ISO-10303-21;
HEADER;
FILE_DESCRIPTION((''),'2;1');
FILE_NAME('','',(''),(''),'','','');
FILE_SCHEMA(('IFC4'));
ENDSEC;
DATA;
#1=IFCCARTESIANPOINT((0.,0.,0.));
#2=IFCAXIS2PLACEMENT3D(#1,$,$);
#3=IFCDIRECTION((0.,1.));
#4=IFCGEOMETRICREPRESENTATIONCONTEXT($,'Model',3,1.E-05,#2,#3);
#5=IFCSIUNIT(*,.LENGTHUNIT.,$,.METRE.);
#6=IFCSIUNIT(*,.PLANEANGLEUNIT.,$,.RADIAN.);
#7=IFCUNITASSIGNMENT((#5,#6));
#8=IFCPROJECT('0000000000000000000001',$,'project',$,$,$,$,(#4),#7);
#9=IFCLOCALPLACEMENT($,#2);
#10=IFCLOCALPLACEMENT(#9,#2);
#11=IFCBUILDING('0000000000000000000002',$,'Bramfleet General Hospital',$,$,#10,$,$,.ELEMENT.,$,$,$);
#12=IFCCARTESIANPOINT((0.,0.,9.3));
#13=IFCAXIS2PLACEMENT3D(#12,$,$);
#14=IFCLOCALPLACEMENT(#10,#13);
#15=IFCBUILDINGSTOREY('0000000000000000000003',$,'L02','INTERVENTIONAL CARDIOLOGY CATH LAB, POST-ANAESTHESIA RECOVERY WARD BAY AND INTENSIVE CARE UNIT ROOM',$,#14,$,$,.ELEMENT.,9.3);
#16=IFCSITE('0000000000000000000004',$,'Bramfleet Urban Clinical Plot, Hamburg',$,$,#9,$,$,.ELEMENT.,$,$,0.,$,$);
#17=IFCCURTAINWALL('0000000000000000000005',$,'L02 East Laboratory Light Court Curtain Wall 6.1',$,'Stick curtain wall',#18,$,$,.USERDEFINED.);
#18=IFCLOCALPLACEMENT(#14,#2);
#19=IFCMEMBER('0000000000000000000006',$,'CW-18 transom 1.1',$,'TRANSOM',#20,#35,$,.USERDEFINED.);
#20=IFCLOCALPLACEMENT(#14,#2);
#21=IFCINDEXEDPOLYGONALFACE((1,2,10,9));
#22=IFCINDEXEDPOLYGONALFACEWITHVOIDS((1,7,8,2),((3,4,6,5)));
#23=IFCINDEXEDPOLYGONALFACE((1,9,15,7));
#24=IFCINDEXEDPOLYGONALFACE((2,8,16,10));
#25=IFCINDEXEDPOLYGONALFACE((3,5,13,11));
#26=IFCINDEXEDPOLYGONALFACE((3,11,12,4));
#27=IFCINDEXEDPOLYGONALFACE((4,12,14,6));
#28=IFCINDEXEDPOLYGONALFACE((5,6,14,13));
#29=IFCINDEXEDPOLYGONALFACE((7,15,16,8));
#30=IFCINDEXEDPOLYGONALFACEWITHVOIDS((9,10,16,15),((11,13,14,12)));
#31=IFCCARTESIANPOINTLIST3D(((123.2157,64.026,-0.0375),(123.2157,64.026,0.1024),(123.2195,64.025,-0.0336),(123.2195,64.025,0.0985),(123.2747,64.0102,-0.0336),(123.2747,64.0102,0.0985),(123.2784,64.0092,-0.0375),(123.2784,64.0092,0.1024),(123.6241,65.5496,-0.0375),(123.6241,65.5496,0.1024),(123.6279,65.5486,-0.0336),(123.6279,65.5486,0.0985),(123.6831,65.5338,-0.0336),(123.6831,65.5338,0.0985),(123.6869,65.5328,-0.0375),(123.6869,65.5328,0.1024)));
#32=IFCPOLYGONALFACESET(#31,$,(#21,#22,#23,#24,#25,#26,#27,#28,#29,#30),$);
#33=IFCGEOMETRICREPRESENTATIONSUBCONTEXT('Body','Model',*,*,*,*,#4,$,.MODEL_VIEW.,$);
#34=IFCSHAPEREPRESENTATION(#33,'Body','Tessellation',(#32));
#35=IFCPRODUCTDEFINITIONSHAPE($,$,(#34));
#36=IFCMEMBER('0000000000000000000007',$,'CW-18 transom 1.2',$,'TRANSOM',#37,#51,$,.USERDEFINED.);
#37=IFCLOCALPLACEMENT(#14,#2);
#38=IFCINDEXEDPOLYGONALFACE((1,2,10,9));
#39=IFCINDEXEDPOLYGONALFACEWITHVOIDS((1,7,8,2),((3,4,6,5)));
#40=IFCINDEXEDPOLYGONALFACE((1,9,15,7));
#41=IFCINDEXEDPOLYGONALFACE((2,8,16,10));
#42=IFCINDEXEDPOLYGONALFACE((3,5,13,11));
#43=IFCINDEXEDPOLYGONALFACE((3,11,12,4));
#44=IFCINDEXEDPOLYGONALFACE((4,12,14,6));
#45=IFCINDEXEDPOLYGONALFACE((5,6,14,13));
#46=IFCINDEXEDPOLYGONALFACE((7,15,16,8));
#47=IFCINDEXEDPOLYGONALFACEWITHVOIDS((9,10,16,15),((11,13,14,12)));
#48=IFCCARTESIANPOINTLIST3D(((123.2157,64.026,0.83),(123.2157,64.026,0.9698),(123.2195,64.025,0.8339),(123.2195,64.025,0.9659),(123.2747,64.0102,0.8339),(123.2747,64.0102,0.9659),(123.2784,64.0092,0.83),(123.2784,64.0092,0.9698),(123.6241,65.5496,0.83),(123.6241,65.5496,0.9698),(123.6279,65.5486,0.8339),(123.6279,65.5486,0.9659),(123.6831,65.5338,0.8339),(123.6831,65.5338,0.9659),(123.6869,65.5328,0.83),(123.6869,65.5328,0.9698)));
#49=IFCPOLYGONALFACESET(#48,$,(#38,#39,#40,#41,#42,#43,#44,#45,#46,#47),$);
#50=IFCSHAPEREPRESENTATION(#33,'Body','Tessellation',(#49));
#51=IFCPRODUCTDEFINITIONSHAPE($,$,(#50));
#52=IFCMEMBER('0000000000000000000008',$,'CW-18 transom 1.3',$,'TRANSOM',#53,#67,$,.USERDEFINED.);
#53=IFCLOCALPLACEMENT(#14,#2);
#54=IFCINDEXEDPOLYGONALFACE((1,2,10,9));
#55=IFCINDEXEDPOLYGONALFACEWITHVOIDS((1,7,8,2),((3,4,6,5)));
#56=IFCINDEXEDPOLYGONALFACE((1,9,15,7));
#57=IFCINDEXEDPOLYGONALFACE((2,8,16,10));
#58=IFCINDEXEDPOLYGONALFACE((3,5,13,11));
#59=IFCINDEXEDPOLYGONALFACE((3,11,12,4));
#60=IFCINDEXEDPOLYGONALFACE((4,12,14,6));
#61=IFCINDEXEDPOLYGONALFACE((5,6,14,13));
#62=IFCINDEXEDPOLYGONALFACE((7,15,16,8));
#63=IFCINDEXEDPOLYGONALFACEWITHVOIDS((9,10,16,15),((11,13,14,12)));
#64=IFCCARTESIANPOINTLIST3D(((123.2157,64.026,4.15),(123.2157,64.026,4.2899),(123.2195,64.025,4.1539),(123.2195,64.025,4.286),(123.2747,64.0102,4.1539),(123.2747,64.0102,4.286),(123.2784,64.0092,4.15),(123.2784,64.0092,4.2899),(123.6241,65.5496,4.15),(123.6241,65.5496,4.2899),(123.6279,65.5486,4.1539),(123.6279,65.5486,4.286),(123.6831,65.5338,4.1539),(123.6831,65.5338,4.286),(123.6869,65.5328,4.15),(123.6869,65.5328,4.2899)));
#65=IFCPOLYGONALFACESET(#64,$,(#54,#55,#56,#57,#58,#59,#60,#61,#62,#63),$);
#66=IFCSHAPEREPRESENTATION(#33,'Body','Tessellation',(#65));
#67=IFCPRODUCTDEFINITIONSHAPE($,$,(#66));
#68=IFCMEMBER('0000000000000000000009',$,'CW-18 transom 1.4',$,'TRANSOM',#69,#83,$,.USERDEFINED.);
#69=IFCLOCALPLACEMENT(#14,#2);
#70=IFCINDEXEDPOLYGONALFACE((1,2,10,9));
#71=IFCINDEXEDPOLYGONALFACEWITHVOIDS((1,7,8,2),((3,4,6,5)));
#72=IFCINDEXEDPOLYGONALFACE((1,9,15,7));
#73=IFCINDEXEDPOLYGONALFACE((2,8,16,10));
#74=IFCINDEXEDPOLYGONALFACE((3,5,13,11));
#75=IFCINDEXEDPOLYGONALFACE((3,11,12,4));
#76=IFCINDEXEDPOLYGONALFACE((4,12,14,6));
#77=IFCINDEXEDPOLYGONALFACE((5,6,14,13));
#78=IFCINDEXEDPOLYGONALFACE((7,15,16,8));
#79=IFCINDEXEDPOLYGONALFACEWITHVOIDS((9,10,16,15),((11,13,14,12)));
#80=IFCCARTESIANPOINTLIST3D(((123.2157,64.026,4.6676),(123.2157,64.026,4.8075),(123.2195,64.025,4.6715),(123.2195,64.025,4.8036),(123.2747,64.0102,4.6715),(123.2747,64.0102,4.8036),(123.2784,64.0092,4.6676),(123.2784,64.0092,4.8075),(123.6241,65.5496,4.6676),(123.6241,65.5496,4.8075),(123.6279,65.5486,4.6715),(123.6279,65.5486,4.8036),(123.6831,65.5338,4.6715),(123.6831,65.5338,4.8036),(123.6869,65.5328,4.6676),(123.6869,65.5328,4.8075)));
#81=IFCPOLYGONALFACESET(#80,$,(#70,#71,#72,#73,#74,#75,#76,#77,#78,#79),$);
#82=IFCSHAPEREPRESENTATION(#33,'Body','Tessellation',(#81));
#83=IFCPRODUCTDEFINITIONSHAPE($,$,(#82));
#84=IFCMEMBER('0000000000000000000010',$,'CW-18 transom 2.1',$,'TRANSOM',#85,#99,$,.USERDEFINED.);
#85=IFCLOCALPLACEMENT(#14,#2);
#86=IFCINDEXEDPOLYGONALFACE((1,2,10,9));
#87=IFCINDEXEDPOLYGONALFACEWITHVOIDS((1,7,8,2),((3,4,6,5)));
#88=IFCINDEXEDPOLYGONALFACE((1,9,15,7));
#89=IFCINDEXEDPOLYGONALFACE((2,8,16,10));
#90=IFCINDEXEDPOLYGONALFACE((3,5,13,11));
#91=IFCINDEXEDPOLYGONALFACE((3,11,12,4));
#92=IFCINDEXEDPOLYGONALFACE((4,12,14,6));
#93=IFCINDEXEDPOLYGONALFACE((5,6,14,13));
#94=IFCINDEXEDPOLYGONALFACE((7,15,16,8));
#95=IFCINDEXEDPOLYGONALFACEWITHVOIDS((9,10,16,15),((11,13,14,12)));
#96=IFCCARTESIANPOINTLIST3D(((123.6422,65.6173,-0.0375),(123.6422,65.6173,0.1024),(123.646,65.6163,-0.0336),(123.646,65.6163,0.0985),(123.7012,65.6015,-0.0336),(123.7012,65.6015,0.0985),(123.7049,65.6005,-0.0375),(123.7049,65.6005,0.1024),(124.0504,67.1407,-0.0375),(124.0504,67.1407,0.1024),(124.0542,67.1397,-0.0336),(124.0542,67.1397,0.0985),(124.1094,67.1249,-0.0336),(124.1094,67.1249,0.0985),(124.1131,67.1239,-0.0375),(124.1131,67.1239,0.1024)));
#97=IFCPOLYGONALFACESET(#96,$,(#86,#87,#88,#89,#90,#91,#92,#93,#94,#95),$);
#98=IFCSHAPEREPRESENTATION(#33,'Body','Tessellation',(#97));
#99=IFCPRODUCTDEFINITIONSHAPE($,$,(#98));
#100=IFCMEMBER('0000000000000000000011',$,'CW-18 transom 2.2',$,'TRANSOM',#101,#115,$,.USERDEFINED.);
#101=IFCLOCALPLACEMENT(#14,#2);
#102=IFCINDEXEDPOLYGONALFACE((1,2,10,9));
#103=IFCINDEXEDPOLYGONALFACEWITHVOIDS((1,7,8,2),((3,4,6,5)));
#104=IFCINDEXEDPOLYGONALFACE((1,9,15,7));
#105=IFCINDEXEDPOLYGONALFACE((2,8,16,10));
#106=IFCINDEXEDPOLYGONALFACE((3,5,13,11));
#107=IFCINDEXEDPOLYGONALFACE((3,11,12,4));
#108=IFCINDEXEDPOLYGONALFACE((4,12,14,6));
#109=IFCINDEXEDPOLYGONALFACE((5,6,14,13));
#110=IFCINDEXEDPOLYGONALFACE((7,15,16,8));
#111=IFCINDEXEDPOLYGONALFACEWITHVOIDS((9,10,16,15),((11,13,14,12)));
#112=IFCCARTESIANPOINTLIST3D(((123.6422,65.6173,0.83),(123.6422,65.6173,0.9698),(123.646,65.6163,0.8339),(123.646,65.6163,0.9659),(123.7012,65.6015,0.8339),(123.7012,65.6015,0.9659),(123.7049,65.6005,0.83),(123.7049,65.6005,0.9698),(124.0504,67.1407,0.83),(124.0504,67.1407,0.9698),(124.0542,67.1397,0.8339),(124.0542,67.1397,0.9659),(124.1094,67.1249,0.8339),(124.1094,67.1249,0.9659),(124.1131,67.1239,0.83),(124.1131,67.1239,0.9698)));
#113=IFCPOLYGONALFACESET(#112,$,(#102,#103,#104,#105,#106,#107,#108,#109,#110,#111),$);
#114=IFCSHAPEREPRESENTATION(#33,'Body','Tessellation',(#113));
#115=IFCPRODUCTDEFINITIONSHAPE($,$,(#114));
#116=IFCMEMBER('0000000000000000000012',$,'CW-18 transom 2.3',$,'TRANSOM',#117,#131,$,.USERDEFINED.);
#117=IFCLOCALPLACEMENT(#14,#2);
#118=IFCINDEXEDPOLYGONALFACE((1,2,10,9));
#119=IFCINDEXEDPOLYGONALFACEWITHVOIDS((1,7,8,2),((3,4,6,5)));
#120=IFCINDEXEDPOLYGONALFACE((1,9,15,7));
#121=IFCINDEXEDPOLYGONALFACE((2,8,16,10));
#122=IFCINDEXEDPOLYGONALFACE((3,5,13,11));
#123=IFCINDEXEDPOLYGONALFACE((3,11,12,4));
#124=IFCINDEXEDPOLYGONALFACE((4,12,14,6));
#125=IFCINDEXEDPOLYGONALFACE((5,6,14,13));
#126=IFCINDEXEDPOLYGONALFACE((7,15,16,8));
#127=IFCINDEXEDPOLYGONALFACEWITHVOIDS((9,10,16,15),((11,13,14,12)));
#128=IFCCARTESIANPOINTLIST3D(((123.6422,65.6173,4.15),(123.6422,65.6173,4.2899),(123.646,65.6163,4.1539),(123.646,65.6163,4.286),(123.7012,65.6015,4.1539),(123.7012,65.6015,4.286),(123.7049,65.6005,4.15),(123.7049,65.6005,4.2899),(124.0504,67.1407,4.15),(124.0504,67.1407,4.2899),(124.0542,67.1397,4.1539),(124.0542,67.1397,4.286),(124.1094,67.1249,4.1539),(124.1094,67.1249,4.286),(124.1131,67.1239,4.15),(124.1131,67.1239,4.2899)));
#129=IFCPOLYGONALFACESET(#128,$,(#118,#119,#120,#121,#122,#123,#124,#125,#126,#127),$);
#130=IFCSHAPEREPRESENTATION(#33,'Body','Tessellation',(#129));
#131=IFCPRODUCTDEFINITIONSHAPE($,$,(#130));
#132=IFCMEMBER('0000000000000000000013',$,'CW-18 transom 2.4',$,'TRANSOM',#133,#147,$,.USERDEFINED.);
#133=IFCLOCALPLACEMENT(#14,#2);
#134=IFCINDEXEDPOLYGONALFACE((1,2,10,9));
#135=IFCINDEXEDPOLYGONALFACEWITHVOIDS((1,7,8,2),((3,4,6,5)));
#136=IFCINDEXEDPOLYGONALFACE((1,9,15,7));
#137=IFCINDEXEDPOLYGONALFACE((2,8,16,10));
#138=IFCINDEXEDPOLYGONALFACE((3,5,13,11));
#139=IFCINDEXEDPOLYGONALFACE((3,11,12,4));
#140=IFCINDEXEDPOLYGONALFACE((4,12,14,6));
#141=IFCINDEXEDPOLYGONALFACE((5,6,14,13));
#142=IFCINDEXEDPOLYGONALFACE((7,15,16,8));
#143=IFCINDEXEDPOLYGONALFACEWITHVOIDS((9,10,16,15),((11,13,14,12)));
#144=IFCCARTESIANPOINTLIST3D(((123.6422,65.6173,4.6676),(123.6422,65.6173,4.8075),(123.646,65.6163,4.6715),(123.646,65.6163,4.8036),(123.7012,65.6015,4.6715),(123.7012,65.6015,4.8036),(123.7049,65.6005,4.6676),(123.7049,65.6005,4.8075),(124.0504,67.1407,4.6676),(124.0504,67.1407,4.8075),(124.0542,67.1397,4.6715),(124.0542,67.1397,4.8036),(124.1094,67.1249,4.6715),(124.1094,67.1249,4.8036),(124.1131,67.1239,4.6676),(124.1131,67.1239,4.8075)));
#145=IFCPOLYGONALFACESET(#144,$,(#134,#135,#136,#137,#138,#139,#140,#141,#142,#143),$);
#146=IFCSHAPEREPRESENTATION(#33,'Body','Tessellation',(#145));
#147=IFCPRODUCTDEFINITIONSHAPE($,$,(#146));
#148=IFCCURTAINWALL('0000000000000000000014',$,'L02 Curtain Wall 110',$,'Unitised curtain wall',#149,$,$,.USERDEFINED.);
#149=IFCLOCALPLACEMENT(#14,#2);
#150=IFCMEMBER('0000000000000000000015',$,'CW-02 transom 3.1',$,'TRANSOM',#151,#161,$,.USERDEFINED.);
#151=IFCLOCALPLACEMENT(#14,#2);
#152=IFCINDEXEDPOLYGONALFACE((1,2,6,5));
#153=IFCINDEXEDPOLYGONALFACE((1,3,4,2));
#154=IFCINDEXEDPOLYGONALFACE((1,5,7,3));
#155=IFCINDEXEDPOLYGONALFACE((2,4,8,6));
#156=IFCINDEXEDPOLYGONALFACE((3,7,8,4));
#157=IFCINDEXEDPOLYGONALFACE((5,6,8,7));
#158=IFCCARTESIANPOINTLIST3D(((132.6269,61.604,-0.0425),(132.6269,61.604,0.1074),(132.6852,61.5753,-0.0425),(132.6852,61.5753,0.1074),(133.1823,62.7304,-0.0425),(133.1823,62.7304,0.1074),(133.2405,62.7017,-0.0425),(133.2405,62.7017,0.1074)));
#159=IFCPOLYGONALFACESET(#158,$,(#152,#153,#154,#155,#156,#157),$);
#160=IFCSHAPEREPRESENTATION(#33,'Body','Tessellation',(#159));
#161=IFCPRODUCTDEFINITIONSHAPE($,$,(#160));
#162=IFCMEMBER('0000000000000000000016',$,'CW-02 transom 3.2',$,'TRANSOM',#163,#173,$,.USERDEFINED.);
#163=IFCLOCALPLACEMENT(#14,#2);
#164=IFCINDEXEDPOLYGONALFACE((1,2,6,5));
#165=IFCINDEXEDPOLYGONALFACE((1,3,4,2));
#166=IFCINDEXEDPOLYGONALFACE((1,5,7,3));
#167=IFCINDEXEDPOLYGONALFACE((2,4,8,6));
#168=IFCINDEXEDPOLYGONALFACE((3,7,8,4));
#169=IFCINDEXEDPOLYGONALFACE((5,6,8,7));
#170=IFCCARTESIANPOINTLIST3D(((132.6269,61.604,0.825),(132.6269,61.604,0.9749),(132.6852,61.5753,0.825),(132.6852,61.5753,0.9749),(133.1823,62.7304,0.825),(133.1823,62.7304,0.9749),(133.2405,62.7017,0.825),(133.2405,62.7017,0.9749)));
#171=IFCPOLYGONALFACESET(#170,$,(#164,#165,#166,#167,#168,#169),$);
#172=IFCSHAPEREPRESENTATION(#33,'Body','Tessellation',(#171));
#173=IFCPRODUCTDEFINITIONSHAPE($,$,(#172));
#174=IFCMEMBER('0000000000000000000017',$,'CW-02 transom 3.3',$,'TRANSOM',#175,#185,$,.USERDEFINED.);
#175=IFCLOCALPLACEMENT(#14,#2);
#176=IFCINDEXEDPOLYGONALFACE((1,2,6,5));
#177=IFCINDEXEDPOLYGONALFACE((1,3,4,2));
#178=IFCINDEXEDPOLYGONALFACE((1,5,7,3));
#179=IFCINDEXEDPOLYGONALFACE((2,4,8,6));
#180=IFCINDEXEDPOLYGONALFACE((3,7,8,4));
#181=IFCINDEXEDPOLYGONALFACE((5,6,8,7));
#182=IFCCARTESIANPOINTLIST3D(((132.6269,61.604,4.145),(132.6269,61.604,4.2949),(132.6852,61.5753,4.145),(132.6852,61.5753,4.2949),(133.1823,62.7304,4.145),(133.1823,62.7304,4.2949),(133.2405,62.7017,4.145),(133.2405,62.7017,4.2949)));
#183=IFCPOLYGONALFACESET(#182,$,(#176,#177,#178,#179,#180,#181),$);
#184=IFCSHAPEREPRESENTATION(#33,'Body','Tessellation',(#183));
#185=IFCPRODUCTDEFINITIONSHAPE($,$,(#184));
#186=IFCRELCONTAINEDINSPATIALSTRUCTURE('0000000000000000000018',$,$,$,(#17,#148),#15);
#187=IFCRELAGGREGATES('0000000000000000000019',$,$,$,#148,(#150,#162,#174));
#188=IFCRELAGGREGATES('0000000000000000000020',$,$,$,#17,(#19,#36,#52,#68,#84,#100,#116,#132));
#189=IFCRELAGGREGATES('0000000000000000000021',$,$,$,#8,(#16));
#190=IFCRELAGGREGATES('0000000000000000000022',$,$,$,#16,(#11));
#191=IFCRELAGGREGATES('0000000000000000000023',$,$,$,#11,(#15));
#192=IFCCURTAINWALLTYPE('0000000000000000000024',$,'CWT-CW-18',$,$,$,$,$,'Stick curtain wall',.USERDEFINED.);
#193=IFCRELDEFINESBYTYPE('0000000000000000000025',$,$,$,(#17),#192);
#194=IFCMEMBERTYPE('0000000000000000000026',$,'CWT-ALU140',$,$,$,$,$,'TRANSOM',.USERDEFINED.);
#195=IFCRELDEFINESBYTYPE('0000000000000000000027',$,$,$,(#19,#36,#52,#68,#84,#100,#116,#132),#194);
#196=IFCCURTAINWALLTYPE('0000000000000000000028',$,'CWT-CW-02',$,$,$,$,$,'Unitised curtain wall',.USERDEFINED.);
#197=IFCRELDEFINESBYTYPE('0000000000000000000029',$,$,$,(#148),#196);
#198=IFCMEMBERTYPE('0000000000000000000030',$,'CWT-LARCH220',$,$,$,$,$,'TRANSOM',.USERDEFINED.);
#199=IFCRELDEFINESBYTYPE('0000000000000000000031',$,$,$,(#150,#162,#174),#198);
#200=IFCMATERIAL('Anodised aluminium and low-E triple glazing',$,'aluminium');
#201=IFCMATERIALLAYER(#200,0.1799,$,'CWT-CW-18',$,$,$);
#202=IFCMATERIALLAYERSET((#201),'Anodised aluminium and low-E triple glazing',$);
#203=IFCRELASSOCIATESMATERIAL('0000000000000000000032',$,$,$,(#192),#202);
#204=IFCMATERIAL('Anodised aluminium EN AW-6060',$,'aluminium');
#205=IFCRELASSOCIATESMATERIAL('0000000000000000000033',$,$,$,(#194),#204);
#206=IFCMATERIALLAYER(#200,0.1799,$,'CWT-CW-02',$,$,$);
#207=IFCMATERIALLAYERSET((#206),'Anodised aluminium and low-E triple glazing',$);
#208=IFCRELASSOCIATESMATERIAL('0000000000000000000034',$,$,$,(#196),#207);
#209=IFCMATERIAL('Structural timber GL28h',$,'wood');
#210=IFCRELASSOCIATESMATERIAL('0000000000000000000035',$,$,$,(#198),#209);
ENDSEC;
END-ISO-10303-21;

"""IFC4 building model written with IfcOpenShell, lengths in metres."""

from ifc_helpers import new_model, si_unit, direction, frame, origin, origin_2d, place, context, subcontext, project, spatial, rectangle, hollow_rectangle, extrude, material, layer, layer_set, material_profile, profile_set, type_object, element, aggregate, save


model = new_model("IFC4")

# Units and contexts
model_context = context("Model", 3, precision=1e-05, world=origin(), true_north=direction((0.0, 1.0)))
body_context = subcontext(model_context, "Body", "Model", "MODEL_VIEW")
ifc_project = project(units=[si_unit("LENGTHUNIT", "METRE"), si_unit("PLANEANGLEUNIT", "RADIAN")], contexts=[model_context])

# Site, building, storey
site_placement = place(None, origin())
site = spatial("IfcSite", under=ifc_project, at=site_placement, Name="Bramfleet Urban Clinical Plot, Hamburg", CompositionType="ELEMENT", RefElevation=0.0)
building_placement = place(site_placement, origin())
building = spatial("IfcBuilding", under=site, at=building_placement, Name="Bramfleet General Hospital", CompositionType="ELEMENT")
storey_placement = place(building_placement, frame((0.0, 0.0, 9.3)))
storey = spatial("IfcBuildingStorey", under=building, at=storey_placement, Name="L02", Description="INTERVENTIONAL CARDIOLOGY CATH LAB, POST-ANAESTHESIA RECOVERY WARD BAY AND INTENSIVE CARE UNIT ROOM", CompositionType="ELEMENT", Elevation=9.3)

# Shared definitions
ifc_material_1 = material(Name="Anodised aluminium and low-E triple glazing", Category="aluminium")
ifc_material_2 = material(Name="Anodised aluminium EN AW-6060", Category="aluminium")

# Curtain wall
ifc_layer_1 = layer(ifc_material_1, 0.1799, Name="CWT-CW-18")
ifc_layer_set_1 = layer_set([ifc_layer_1], Name="Anodised aluminium and low-E triple glazing")
curtain_wall_type_1 = type_object("IfcCurtainWallType", Name="CWT-CW-18", ElementType="Stick curtain wall", PredefinedType="USERDEFINED", material=ifc_layer_set_1)
curtain_wall_1_placement = place(storey_placement, origin())
curtain_wall_1 = element("IfcCurtainWall", 1, at=curtain_wall_1_placement, inside=storey, type_object=curtain_wall_type_1, Name="L02 East Laboratory Light Court Curtain Wall 6.1", ObjectType="Stick curtain wall", PredefinedType="USERDEFINED")

# Members
ifc_material_profile_1 = material_profile(ifc_material_2, hollow_rectangle(XDim=0.0649, YDim=0.1399, WallThickness=0.0039, at=origin_2d()), Name="ALU 140x65x4.0")
ifc_profile_set_1 = profile_set([ifc_material_profile_1], Name="Anodised aluminium EN AW-6060")
member_type_1 = type_object("IfcMemberType", Name="CWT-ALU140", ElementType="TRANSOM", PredefinedType="USERDEFINED", material=ifc_profile_set_1)
member_1_placement = place(storey_placement, frame((123.2471, 64.0176, 0.0325), z_axis=(0.258924, 0.965898, 0.0), x_axis=(-0.965898, 0.258924, 0.0)))
member_1 = element("IfcMember", 2, at=member_1_placement, type_object=member_type_1, Name="CW-18 transom 1.1", ObjectType="TRANSOM", PredefinedType="USERDEFINED", context=body_context, shape_type="SweptSolid", body=[
    extrude(hollow_rectangle(XDim=0.0649, YDim=0.1399, WallThickness=0.0039, at=origin_2d()), origin(), (0.0, 0.0, 1.0), 1.5774),
])
member_2_placement = place(storey_placement, frame((123.2471, 64.0176, 0.8999), z_axis=(0.258924, 0.965898, 0.0), x_axis=(-0.965898, 0.258924, 0.0)))
member_2 = element("IfcMember", 3, at=member_2_placement, type_object=member_type_1, Name="CW-18 transom 1.2", ObjectType="TRANSOM", PredefinedType="USERDEFINED", context=body_context, shape_type="SweptSolid", body=[
    extrude(hollow_rectangle(XDim=0.0649, YDim=0.1399, WallThickness=0.0039, at=origin_2d()), origin(), (0.0, 0.0, 1.0), 1.5774),
])
member_3_placement = place(storey_placement, frame((123.2471, 64.0176, 4.22), z_axis=(0.258924, 0.965898, 0.0), x_axis=(-0.965898, 0.258924, 0.0)))
member_3 = element("IfcMember", 4, at=member_3_placement, type_object=member_type_1, Name="CW-18 transom 1.3", ObjectType="TRANSOM", PredefinedType="USERDEFINED", context=body_context, shape_type="SweptSolid", body=[
    extrude(hollow_rectangle(XDim=0.0649, YDim=0.1399, WallThickness=0.0039, at=origin_2d()), origin(), (0.0, 0.0, 1.0), 1.5774),
])
member_4_placement = place(storey_placement, frame((123.2471, 64.0176, 4.7375), z_axis=(0.258924, 0.965898, 0.0), x_axis=(-0.965898, 0.258924, 0.0)))
member_4 = element("IfcMember", 5, at=member_4_placement, type_object=member_type_1, Name="CW-18 transom 1.4", ObjectType="TRANSOM", PredefinedType="USERDEFINED", context=body_context, shape_type="SweptSolid", body=[
    extrude(hollow_rectangle(XDim=0.0649, YDim=0.1399, WallThickness=0.0039, at=origin_2d()), origin(), (0.0, 0.0, 1.0), 1.5774),
])
member_5_placement = place(storey_placement, frame((123.6736, 65.6089, 0.0325), z_axis=(0.258819, 0.965926, 0.0), x_axis=(-0.965926, 0.258819, 0.0)))
member_5 = element("IfcMember", 6, at=member_5_placement, type_object=member_type_1, Name="CW-18 transom 2.1", ObjectType="TRANSOM", PredefinedType="USERDEFINED", context=body_context, shape_type="SweptSolid", body=[
    extrude(hollow_rectangle(XDim=0.0649, YDim=0.1399, WallThickness=0.0039, at=origin_2d()), origin(), (0.0, 0.0, 1.0), 1.5771),
])
member_6_placement = place(storey_placement, frame((123.6736, 65.6089, 0.8999), z_axis=(0.258819, 0.965926, 0.0), x_axis=(-0.965926, 0.258819, 0.0)))
member_6 = element("IfcMember", 7, at=member_6_placement, type_object=member_type_1, Name="CW-18 transom 2.2", ObjectType="TRANSOM", PredefinedType="USERDEFINED", context=body_context, shape_type="SweptSolid", body=[
    extrude(hollow_rectangle(XDim=0.0649, YDim=0.1399, WallThickness=0.0039, at=origin_2d()), origin(), (0.0, 0.0, 1.0), 1.5771),
])
member_7_placement = place(storey_placement, frame((123.6736, 65.6089, 4.22), z_axis=(0.258819, 0.965926, 0.0), x_axis=(-0.965926, 0.258819, 0.0)))
member_7 = element("IfcMember", 8, at=member_7_placement, type_object=member_type_1, Name="CW-18 transom 2.3", ObjectType="TRANSOM", PredefinedType="USERDEFINED", context=body_context, shape_type="SweptSolid", body=[
    extrude(hollow_rectangle(XDim=0.0649, YDim=0.1399, WallThickness=0.0039, at=origin_2d()), origin(), (0.0, 0.0, 1.0), 1.5771),
])
member_8_placement = place(storey_placement, frame((123.6736, 65.6089, 4.7375), z_axis=(0.258819, 0.965926, 0.0), x_axis=(-0.965926, 0.258819, 0.0)))
member_8 = element("IfcMember", 9, at=member_8_placement, type_object=member_type_1, Name="CW-18 transom 2.4", ObjectType="TRANSOM", PredefinedType="USERDEFINED", context=body_context, shape_type="SweptSolid", body=[
    extrude(hollow_rectangle(XDim=0.0649, YDim=0.1399, WallThickness=0.0039, at=origin_2d()), origin(), (0.0, 0.0, 1.0), 1.5771),
])

# Curtain wall, members
ifc_layer_2 = layer(ifc_material_1, 0.1799, Name="CWT-CW-02")
ifc_layer_set_2 = layer_set([ifc_layer_2], Name="Anodised aluminium and low-E triple glazing")
curtain_wall_type_2 = type_object("IfcCurtainWallType", Name="CWT-CW-02", ElementType="Unitised curtain wall", PredefinedType="USERDEFINED", material=ifc_layer_set_2)
curtain_wall_2_placement = place(storey_placement, origin())
curtain_wall_2 = element("IfcCurtainWall", 10, at=curtain_wall_2_placement, inside=storey, type_object=curtain_wall_type_2, Name="L02 Curtain Wall 110", ObjectType="Unitised curtain wall", PredefinedType="USERDEFINED")
ifc_material_3 = material(Name="Structural timber GL28h", Category="wood")
ifc_material_profile_2 = material_profile(ifc_material_3, rectangle(XDim=0.0649, YDim=0.1499, at=origin_2d()), Name="LARCH 150x65")
ifc_profile_set_2 = profile_set([ifc_material_profile_2], Name="Structural timber GL28h")
member_type_2 = type_object("IfcMemberType", Name="CWT-LARCH220", ElementType="TRANSOM", PredefinedType="USERDEFINED", material=ifc_profile_set_2)
member_9_placement = place(storey_placement, frame((133.2114, 62.7161, 0.0325), z_axis=(-0.44223, -0.896902, 0.0), x_axis=(0.896902, -0.44223, 0.0)))
member_9 = element("IfcMember", 11, at=member_9_placement, type_object=member_type_2, Name="CW-02 transom 3.1", ObjectType="TRANSOM", PredefinedType="USERDEFINED", context=body_context, shape_type="SweptSolid", body=[
    extrude(rectangle(XDim=0.0649, YDim=0.1499, at=origin_2d()), origin(), (0.0, 0.0, 1.0), 1.2559),
])
member_10_placement = place(storey_placement, frame((133.2114, 62.7161, 0.8999), z_axis=(-0.44223, -0.896902, 0.0), x_axis=(0.896902, -0.44223, 0.0)))
member_10 = element("IfcMember", 12, at=member_10_placement, type_object=member_type_2, Name="CW-02 transom 3.2", ObjectType="TRANSOM", PredefinedType="USERDEFINED", context=body_context, shape_type="SweptSolid", body=[
    extrude(rectangle(XDim=0.0649, YDim=0.1499, at=origin_2d()), origin(), (0.0, 0.0, 1.0), 1.2559),
])
member_11_placement = place(storey_placement, frame((133.2114, 62.7161, 4.22), z_axis=(-0.44223, -0.896902, 0.0), x_axis=(0.896902, -0.44223, 0.0)))
member_11 = element("IfcMember", 13, at=member_11_placement, type_object=member_type_2, Name="CW-02 transom 3.3", ObjectType="TRANSOM", PredefinedType="USERDEFINED", context=body_context, shape_type="SweptSolid", body=[
    extrude(rectangle(XDim=0.0649, YDim=0.1499, at=origin_2d()), origin(), (0.0, 0.0, 1.0), 1.2559),
])
aggregate(curtain_wall_2, [member_9, member_10, member_11])

aggregate(curtain_wall_1, [member_1, member_2, member_3, member_4, member_5, member_6, member_7, member_8])

save(model, "model.ifc")
